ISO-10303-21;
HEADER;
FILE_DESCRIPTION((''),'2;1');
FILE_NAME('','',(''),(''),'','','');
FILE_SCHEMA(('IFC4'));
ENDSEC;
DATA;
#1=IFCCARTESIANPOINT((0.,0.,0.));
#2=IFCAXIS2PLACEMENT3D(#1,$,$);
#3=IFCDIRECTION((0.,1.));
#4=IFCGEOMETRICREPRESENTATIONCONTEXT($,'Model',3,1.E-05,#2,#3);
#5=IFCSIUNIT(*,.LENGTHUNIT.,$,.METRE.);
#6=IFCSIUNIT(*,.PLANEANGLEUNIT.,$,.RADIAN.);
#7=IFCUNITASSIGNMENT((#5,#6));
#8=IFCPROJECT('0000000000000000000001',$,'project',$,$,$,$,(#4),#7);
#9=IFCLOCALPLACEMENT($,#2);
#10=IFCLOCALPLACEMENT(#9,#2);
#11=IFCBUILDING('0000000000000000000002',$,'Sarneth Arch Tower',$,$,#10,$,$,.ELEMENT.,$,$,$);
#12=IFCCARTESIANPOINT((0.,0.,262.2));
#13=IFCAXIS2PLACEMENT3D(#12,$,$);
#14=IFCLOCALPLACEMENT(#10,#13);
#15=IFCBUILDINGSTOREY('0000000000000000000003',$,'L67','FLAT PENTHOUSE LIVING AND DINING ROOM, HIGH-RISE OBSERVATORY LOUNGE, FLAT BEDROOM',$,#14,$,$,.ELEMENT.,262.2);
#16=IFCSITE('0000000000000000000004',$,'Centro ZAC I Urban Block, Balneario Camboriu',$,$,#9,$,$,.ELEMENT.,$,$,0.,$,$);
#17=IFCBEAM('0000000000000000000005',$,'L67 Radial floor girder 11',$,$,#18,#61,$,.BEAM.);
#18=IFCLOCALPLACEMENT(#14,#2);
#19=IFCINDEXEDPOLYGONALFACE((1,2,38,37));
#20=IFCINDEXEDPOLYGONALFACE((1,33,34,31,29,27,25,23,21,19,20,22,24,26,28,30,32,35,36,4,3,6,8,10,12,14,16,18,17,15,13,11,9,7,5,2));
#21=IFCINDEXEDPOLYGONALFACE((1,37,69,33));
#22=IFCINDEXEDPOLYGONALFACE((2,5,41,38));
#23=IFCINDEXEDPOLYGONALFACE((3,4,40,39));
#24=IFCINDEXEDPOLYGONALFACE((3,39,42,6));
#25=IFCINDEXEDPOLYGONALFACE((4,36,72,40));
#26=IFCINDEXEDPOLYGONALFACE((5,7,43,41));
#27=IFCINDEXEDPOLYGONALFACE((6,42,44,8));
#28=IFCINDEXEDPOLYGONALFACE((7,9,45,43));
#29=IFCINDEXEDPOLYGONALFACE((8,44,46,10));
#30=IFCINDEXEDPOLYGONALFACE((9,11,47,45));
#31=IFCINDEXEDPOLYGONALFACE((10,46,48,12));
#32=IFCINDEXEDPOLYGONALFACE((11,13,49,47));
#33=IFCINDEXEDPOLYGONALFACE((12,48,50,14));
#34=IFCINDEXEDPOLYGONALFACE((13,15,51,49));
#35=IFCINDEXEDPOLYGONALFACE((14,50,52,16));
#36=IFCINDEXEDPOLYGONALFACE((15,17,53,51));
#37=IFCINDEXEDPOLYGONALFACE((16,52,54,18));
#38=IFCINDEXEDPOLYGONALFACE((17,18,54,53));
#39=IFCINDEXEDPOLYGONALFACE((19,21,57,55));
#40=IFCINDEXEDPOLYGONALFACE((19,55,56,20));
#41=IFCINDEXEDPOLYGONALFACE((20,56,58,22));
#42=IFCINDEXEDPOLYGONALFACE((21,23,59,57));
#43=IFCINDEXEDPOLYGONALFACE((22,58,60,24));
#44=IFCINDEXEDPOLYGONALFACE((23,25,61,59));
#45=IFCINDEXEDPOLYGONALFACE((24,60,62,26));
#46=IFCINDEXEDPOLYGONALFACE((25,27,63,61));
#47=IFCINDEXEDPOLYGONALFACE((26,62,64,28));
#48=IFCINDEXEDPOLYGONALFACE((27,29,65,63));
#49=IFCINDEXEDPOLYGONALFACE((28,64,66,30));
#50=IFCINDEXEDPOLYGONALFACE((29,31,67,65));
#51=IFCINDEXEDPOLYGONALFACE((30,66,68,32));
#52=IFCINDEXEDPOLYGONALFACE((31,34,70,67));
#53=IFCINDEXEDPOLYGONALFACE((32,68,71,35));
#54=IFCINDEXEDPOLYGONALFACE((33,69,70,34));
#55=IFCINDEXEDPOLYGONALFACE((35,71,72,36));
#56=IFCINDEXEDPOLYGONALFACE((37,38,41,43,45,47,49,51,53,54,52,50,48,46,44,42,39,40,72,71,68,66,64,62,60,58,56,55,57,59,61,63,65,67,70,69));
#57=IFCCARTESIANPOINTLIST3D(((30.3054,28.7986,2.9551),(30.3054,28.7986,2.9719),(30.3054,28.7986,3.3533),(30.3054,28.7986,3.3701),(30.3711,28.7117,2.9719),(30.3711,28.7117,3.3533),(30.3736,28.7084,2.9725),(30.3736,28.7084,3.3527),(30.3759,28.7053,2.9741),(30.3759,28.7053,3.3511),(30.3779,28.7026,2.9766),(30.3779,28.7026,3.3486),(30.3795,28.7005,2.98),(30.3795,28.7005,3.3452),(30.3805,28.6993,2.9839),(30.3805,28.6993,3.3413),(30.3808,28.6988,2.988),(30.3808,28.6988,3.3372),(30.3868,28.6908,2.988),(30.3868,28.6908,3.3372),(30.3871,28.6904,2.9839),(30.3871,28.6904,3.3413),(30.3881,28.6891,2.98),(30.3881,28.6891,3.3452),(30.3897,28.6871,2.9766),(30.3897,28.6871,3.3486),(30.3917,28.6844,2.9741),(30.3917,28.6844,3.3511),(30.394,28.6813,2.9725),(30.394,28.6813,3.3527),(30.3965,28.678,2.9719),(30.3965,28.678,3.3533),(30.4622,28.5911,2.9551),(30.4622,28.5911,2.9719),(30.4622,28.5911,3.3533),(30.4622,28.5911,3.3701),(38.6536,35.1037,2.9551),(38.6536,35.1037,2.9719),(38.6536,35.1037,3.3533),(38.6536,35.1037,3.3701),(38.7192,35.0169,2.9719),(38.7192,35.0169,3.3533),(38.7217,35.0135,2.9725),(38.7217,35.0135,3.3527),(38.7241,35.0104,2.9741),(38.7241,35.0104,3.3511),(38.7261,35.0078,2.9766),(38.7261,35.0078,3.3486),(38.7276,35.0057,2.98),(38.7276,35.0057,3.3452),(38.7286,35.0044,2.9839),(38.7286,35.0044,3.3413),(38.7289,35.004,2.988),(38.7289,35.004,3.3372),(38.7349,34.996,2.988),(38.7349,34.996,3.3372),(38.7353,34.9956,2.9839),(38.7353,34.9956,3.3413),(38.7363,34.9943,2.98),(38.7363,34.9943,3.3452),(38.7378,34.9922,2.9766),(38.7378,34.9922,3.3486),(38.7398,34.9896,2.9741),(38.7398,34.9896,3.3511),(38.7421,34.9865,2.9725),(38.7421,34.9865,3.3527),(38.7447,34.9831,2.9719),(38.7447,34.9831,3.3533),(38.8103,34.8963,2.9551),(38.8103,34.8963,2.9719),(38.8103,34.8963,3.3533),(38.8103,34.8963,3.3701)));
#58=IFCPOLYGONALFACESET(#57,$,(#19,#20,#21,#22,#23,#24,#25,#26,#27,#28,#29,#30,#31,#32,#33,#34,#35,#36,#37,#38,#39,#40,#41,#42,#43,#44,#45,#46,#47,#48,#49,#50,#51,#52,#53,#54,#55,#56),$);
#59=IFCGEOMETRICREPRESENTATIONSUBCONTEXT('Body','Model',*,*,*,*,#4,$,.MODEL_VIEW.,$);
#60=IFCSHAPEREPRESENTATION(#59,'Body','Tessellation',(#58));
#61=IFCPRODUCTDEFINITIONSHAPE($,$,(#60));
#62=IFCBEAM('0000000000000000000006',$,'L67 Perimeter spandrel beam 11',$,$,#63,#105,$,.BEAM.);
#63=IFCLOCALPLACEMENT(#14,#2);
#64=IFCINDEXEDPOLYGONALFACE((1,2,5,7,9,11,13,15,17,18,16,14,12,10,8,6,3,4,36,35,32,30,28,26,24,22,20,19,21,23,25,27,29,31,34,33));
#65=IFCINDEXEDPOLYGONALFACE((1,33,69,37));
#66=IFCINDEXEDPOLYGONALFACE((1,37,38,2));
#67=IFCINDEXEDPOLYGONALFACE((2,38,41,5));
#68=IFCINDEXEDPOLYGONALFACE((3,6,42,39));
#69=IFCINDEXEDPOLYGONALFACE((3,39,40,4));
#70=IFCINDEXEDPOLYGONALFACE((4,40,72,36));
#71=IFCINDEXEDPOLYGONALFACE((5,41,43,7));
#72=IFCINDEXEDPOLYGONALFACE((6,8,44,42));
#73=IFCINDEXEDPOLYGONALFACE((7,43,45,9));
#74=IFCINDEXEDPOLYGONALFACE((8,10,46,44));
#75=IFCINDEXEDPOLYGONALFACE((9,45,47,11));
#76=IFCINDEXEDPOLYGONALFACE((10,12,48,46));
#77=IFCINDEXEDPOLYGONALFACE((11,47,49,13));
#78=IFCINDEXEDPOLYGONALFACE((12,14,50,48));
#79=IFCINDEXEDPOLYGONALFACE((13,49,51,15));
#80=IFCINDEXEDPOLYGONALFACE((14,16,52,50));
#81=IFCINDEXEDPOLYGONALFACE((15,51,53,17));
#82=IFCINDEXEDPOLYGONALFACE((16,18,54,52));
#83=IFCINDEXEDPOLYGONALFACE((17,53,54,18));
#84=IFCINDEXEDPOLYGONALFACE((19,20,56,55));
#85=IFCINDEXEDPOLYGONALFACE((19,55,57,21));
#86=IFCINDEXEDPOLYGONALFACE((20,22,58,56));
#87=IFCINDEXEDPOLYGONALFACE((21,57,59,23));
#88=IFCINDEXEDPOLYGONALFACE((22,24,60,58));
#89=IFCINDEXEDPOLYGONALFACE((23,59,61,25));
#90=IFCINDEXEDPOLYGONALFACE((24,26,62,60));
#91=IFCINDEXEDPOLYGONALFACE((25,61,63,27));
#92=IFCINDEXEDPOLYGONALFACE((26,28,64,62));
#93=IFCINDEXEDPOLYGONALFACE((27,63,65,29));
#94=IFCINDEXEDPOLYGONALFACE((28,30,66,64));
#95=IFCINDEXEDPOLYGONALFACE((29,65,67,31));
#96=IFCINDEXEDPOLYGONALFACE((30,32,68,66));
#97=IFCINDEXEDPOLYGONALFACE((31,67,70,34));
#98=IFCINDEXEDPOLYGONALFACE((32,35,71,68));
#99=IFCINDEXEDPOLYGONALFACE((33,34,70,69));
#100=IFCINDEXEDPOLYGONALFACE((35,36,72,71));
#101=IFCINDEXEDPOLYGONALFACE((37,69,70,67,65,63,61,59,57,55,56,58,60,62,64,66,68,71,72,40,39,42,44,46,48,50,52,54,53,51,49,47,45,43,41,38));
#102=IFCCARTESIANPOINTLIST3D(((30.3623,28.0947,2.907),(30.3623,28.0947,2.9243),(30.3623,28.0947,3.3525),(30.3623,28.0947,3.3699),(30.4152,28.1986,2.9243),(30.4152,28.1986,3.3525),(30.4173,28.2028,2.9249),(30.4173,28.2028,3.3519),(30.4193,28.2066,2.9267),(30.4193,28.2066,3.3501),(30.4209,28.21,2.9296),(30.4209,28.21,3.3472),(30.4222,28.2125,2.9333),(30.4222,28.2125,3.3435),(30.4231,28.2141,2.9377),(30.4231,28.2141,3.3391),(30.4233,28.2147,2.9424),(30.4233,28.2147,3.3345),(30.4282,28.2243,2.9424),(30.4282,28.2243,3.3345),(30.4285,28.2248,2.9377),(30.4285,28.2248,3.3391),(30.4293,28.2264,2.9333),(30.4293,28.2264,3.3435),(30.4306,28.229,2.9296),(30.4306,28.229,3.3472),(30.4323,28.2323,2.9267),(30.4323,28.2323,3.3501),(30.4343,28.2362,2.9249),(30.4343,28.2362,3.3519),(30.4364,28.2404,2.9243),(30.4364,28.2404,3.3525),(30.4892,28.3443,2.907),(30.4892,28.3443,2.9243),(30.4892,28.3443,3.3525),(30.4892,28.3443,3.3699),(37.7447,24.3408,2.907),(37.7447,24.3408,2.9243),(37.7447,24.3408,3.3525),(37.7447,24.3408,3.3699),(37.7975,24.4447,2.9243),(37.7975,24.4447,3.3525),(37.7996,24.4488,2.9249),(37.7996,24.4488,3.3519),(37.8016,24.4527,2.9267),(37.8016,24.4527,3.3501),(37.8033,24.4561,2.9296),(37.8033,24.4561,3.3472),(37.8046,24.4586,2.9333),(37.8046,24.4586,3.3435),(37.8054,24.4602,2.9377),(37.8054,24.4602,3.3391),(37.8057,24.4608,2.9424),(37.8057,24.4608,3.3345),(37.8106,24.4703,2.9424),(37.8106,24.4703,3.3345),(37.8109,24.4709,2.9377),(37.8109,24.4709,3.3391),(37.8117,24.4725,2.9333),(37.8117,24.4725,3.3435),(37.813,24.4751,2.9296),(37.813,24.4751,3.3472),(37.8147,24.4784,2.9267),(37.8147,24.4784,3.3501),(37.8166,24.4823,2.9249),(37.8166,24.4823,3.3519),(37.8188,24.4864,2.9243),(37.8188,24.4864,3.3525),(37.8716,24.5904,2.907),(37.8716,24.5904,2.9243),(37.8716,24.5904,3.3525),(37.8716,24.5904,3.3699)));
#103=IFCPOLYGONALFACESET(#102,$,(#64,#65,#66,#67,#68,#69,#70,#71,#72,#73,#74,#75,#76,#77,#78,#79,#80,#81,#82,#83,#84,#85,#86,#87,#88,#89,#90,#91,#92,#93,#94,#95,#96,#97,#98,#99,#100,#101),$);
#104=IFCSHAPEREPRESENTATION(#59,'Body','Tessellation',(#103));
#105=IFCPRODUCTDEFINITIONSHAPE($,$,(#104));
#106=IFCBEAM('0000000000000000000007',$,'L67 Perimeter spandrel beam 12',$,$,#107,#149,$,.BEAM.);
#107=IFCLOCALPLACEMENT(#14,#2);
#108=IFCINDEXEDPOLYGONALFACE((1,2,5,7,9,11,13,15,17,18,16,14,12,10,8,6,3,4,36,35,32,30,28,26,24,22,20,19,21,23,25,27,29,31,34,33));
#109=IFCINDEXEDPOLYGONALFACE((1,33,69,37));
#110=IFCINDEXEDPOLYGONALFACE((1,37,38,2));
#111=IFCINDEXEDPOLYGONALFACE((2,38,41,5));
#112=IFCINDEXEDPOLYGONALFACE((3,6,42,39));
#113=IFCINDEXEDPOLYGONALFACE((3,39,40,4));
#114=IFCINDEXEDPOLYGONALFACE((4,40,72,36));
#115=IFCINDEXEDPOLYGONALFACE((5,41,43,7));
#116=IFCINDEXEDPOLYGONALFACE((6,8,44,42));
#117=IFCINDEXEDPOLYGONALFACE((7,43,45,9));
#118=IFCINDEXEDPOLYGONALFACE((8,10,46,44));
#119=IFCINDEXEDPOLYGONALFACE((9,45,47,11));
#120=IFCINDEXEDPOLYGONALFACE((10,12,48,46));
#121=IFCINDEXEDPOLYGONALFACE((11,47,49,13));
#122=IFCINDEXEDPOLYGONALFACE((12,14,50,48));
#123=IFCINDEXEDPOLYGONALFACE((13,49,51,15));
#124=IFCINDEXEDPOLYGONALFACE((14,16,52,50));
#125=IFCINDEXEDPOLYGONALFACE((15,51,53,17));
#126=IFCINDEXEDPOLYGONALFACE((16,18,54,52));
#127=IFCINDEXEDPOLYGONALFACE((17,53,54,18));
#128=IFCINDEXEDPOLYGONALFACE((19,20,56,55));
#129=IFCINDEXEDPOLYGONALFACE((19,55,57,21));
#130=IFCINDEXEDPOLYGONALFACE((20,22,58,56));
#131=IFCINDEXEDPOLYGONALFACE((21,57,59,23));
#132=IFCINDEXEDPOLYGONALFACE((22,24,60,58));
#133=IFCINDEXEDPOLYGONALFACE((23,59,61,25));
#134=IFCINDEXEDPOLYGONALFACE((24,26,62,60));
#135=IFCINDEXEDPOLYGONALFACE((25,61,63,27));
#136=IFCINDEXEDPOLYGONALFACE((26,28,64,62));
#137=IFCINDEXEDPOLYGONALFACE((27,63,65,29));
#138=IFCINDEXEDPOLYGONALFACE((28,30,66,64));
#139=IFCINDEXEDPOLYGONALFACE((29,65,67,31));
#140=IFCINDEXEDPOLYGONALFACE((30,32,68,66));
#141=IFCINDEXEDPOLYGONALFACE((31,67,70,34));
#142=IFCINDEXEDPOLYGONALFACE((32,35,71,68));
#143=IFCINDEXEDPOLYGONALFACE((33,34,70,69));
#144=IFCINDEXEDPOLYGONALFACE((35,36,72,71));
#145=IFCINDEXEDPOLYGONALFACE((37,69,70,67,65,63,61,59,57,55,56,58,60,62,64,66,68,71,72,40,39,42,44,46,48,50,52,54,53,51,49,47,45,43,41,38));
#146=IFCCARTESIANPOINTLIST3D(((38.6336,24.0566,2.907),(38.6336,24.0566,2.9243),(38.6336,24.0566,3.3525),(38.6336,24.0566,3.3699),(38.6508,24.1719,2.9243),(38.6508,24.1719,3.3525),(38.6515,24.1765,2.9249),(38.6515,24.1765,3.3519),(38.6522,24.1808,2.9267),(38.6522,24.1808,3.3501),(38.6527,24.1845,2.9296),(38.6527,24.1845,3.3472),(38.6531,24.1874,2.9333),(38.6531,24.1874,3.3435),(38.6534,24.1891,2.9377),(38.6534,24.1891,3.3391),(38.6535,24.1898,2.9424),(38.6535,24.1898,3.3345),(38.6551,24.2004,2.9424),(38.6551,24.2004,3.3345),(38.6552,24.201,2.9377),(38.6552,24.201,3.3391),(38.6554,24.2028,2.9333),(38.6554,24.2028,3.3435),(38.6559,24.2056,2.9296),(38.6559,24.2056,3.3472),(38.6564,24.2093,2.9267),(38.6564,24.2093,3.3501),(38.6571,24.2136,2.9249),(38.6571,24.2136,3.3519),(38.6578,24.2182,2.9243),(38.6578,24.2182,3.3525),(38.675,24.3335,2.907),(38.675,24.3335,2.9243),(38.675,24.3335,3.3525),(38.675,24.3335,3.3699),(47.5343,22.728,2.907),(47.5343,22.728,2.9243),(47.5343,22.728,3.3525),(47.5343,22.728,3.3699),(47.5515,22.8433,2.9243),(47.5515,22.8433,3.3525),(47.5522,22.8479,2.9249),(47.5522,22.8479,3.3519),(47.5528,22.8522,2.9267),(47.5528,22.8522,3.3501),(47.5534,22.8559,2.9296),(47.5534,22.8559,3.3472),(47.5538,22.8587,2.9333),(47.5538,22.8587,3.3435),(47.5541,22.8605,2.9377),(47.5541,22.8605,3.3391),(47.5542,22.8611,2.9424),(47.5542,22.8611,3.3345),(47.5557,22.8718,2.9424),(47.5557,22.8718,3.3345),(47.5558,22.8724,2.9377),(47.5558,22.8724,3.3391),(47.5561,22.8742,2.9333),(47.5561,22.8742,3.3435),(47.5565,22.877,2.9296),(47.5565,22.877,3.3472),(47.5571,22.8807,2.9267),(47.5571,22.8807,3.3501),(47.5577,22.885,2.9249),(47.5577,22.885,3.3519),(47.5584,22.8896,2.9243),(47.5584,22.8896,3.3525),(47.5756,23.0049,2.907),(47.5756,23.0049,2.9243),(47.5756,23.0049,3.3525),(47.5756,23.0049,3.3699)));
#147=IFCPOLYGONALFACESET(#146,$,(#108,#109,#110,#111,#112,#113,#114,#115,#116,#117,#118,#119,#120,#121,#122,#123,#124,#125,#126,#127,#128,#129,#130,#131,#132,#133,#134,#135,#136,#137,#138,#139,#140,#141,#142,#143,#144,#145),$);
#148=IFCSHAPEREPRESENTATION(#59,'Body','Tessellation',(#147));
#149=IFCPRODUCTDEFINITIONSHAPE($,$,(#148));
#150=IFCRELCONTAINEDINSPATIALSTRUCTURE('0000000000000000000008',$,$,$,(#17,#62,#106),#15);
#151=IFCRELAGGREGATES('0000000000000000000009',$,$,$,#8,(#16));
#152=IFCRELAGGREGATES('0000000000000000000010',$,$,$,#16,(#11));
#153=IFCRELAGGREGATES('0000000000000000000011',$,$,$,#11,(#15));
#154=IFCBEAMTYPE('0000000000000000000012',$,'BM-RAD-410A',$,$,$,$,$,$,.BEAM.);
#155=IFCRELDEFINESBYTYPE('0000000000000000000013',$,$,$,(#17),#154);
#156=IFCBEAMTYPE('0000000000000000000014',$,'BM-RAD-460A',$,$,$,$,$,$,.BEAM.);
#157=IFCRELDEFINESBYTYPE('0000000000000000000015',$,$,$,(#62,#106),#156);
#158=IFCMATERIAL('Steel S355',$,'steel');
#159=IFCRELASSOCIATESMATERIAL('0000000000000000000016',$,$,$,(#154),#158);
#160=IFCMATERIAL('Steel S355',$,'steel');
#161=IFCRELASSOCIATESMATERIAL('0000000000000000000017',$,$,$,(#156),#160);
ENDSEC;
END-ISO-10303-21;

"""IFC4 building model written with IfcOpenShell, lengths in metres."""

from ifc_helpers import new_model, si_unit, direction, frame, origin, origin_2d, place, context, subcontext, project, spatial, i_section, extrude, material, material_profile, profile_set, type_object, element, save


model = new_model("IFC4")

# Units and contexts
model_context = context("Model", 3, precision=1e-05, world=origin(), true_north=direction((0.0, 1.0)))
body_context = subcontext(model_context, "Body", "Model", "MODEL_VIEW")
ifc_project = project(units=[si_unit("LENGTHUNIT", "METRE"), si_unit("PLANEANGLEUNIT", "RADIAN")], contexts=[model_context])

# Site, building, storey
site_placement = place(None, origin())
site = spatial("IfcSite", under=ifc_project, at=site_placement, Name="Centro ZAC I Urban Block, Balneario Camboriu", CompositionType="ELEMENT", RefElevation=0.0)
building_placement = place(site_placement, origin())
building = spatial("IfcBuilding", under=site, at=building_placement, Name="Sarneth Arch Tower", CompositionType="ELEMENT")
storey_placement = place(building_placement, frame((0.0, 0.0, 262.2)))
storey = spatial("IfcBuildingStorey", under=building, at=storey_placement, Name="L67", Description="FLAT PENTHOUSE LIVING AND DINING ROOM, HIGH-RISE OBSERVATORY LOUNGE, FLAT BEDROOM", CompositionType="ELEMENT", Elevation=262.2)

# Beams
ifc_material_1 = material(Name="Steel S355", Category="steel")
ifc_material_profile_1 = material_profile(ifc_material_1, i_section(OverallWidth=0.26, OverallDepth=0.415, WebThickness=0.01, FlangeThickness=0.0168, FilletRadius=0.0161, at=origin_2d()), Name="W410x100")
ifc_profile_set_1 = profile_set([ifc_material_profile_1], Name="Steel S355")
beam_type_1 = type_object("IfcBeamType", Name="BM-RAD-410A", PredefinedType="BEAM", material=ifc_profile_set_1)
beam_1_placement = place(storey_placement, frame((38.7319, 35.0, 3.1626), z_axis=(-0.797974, -0.602692, 0.0), x_axis=(0.602692, -0.797974, 0.0)))
element("IfcBeam", 1, at=beam_1_placement, inside=storey, type_object=beam_type_1, Name="L67 Radial floor girder 11", PredefinedType="BEAM", context=body_context, shape_type="SweptSolid", body=[
    extrude(i_section(OverallWidth=0.26, OverallDepth=0.415, WebThickness=0.01, FlangeThickness=0.0168, FilletRadius=0.0161, at=origin_2d()), origin(), (0.0, 0.0, 1.0), 10.4617),
])
ifc_material_2 = material(Name="Steel S355", Category="steel")
ifc_material_profile_2 = material_profile(ifc_material_2, i_section(OverallWidth=0.28, OverallDepth=0.4629, WebThickness=0.0107, FlangeThickness=0.0173, FilletRadius=0.0181, at=origin_2d()), Name="W460x113")
ifc_profile_set_2 = profile_set([ifc_material_profile_2], Name="Steel S355")
beam_type_2 = type_object("IfcBeamType", Name="BM-RAD-460A", PredefinedType="BEAM", material=ifc_profile_set_2)
beam_2_placement = place(storey_placement, frame((30.4258, 28.2195, 3.1384), z_axis=(0.891376, -0.453264, 0.0), x_axis=(0.453264, 0.891376, 0.0)))
element("IfcBeam", 2, at=beam_2_placement, inside=storey, type_object=beam_type_2, Name="L67 Perimeter spandrel beam 11", PredefinedType="BEAM", context=body_context, shape_type="SweptSolid", body=[
    extrude(i_section(OverallWidth=0.28, OverallDepth=0.4629, WebThickness=0.0107, FlangeThickness=0.0173, FilletRadius=0.0181, at=origin_2d()), origin(), (0.0, 0.0, 1.0), 8.282),
])
beam_3_placement = place(storey_placement, frame((38.6543, 24.1951, 3.1384), z_axis=(0.989042, -0.147636, 0.0), x_axis=(0.147636, 0.989042, 0.0)))
element("IfcBeam", 3, at=beam_3_placement, inside=storey, type_object=beam_type_2, Name="L67 Perimeter spandrel beam 12", PredefinedType="BEAM", context=body_context, shape_type="SweptSolid", body=[
    extrude(i_section(OverallWidth=0.28, OverallDepth=0.4629, WebThickness=0.0107, FlangeThickness=0.0173, FilletRadius=0.0181, at=origin_2d()), origin(), (0.0, 0.0, 1.0), 8.9993),
])

save(model, "model.ifc")
